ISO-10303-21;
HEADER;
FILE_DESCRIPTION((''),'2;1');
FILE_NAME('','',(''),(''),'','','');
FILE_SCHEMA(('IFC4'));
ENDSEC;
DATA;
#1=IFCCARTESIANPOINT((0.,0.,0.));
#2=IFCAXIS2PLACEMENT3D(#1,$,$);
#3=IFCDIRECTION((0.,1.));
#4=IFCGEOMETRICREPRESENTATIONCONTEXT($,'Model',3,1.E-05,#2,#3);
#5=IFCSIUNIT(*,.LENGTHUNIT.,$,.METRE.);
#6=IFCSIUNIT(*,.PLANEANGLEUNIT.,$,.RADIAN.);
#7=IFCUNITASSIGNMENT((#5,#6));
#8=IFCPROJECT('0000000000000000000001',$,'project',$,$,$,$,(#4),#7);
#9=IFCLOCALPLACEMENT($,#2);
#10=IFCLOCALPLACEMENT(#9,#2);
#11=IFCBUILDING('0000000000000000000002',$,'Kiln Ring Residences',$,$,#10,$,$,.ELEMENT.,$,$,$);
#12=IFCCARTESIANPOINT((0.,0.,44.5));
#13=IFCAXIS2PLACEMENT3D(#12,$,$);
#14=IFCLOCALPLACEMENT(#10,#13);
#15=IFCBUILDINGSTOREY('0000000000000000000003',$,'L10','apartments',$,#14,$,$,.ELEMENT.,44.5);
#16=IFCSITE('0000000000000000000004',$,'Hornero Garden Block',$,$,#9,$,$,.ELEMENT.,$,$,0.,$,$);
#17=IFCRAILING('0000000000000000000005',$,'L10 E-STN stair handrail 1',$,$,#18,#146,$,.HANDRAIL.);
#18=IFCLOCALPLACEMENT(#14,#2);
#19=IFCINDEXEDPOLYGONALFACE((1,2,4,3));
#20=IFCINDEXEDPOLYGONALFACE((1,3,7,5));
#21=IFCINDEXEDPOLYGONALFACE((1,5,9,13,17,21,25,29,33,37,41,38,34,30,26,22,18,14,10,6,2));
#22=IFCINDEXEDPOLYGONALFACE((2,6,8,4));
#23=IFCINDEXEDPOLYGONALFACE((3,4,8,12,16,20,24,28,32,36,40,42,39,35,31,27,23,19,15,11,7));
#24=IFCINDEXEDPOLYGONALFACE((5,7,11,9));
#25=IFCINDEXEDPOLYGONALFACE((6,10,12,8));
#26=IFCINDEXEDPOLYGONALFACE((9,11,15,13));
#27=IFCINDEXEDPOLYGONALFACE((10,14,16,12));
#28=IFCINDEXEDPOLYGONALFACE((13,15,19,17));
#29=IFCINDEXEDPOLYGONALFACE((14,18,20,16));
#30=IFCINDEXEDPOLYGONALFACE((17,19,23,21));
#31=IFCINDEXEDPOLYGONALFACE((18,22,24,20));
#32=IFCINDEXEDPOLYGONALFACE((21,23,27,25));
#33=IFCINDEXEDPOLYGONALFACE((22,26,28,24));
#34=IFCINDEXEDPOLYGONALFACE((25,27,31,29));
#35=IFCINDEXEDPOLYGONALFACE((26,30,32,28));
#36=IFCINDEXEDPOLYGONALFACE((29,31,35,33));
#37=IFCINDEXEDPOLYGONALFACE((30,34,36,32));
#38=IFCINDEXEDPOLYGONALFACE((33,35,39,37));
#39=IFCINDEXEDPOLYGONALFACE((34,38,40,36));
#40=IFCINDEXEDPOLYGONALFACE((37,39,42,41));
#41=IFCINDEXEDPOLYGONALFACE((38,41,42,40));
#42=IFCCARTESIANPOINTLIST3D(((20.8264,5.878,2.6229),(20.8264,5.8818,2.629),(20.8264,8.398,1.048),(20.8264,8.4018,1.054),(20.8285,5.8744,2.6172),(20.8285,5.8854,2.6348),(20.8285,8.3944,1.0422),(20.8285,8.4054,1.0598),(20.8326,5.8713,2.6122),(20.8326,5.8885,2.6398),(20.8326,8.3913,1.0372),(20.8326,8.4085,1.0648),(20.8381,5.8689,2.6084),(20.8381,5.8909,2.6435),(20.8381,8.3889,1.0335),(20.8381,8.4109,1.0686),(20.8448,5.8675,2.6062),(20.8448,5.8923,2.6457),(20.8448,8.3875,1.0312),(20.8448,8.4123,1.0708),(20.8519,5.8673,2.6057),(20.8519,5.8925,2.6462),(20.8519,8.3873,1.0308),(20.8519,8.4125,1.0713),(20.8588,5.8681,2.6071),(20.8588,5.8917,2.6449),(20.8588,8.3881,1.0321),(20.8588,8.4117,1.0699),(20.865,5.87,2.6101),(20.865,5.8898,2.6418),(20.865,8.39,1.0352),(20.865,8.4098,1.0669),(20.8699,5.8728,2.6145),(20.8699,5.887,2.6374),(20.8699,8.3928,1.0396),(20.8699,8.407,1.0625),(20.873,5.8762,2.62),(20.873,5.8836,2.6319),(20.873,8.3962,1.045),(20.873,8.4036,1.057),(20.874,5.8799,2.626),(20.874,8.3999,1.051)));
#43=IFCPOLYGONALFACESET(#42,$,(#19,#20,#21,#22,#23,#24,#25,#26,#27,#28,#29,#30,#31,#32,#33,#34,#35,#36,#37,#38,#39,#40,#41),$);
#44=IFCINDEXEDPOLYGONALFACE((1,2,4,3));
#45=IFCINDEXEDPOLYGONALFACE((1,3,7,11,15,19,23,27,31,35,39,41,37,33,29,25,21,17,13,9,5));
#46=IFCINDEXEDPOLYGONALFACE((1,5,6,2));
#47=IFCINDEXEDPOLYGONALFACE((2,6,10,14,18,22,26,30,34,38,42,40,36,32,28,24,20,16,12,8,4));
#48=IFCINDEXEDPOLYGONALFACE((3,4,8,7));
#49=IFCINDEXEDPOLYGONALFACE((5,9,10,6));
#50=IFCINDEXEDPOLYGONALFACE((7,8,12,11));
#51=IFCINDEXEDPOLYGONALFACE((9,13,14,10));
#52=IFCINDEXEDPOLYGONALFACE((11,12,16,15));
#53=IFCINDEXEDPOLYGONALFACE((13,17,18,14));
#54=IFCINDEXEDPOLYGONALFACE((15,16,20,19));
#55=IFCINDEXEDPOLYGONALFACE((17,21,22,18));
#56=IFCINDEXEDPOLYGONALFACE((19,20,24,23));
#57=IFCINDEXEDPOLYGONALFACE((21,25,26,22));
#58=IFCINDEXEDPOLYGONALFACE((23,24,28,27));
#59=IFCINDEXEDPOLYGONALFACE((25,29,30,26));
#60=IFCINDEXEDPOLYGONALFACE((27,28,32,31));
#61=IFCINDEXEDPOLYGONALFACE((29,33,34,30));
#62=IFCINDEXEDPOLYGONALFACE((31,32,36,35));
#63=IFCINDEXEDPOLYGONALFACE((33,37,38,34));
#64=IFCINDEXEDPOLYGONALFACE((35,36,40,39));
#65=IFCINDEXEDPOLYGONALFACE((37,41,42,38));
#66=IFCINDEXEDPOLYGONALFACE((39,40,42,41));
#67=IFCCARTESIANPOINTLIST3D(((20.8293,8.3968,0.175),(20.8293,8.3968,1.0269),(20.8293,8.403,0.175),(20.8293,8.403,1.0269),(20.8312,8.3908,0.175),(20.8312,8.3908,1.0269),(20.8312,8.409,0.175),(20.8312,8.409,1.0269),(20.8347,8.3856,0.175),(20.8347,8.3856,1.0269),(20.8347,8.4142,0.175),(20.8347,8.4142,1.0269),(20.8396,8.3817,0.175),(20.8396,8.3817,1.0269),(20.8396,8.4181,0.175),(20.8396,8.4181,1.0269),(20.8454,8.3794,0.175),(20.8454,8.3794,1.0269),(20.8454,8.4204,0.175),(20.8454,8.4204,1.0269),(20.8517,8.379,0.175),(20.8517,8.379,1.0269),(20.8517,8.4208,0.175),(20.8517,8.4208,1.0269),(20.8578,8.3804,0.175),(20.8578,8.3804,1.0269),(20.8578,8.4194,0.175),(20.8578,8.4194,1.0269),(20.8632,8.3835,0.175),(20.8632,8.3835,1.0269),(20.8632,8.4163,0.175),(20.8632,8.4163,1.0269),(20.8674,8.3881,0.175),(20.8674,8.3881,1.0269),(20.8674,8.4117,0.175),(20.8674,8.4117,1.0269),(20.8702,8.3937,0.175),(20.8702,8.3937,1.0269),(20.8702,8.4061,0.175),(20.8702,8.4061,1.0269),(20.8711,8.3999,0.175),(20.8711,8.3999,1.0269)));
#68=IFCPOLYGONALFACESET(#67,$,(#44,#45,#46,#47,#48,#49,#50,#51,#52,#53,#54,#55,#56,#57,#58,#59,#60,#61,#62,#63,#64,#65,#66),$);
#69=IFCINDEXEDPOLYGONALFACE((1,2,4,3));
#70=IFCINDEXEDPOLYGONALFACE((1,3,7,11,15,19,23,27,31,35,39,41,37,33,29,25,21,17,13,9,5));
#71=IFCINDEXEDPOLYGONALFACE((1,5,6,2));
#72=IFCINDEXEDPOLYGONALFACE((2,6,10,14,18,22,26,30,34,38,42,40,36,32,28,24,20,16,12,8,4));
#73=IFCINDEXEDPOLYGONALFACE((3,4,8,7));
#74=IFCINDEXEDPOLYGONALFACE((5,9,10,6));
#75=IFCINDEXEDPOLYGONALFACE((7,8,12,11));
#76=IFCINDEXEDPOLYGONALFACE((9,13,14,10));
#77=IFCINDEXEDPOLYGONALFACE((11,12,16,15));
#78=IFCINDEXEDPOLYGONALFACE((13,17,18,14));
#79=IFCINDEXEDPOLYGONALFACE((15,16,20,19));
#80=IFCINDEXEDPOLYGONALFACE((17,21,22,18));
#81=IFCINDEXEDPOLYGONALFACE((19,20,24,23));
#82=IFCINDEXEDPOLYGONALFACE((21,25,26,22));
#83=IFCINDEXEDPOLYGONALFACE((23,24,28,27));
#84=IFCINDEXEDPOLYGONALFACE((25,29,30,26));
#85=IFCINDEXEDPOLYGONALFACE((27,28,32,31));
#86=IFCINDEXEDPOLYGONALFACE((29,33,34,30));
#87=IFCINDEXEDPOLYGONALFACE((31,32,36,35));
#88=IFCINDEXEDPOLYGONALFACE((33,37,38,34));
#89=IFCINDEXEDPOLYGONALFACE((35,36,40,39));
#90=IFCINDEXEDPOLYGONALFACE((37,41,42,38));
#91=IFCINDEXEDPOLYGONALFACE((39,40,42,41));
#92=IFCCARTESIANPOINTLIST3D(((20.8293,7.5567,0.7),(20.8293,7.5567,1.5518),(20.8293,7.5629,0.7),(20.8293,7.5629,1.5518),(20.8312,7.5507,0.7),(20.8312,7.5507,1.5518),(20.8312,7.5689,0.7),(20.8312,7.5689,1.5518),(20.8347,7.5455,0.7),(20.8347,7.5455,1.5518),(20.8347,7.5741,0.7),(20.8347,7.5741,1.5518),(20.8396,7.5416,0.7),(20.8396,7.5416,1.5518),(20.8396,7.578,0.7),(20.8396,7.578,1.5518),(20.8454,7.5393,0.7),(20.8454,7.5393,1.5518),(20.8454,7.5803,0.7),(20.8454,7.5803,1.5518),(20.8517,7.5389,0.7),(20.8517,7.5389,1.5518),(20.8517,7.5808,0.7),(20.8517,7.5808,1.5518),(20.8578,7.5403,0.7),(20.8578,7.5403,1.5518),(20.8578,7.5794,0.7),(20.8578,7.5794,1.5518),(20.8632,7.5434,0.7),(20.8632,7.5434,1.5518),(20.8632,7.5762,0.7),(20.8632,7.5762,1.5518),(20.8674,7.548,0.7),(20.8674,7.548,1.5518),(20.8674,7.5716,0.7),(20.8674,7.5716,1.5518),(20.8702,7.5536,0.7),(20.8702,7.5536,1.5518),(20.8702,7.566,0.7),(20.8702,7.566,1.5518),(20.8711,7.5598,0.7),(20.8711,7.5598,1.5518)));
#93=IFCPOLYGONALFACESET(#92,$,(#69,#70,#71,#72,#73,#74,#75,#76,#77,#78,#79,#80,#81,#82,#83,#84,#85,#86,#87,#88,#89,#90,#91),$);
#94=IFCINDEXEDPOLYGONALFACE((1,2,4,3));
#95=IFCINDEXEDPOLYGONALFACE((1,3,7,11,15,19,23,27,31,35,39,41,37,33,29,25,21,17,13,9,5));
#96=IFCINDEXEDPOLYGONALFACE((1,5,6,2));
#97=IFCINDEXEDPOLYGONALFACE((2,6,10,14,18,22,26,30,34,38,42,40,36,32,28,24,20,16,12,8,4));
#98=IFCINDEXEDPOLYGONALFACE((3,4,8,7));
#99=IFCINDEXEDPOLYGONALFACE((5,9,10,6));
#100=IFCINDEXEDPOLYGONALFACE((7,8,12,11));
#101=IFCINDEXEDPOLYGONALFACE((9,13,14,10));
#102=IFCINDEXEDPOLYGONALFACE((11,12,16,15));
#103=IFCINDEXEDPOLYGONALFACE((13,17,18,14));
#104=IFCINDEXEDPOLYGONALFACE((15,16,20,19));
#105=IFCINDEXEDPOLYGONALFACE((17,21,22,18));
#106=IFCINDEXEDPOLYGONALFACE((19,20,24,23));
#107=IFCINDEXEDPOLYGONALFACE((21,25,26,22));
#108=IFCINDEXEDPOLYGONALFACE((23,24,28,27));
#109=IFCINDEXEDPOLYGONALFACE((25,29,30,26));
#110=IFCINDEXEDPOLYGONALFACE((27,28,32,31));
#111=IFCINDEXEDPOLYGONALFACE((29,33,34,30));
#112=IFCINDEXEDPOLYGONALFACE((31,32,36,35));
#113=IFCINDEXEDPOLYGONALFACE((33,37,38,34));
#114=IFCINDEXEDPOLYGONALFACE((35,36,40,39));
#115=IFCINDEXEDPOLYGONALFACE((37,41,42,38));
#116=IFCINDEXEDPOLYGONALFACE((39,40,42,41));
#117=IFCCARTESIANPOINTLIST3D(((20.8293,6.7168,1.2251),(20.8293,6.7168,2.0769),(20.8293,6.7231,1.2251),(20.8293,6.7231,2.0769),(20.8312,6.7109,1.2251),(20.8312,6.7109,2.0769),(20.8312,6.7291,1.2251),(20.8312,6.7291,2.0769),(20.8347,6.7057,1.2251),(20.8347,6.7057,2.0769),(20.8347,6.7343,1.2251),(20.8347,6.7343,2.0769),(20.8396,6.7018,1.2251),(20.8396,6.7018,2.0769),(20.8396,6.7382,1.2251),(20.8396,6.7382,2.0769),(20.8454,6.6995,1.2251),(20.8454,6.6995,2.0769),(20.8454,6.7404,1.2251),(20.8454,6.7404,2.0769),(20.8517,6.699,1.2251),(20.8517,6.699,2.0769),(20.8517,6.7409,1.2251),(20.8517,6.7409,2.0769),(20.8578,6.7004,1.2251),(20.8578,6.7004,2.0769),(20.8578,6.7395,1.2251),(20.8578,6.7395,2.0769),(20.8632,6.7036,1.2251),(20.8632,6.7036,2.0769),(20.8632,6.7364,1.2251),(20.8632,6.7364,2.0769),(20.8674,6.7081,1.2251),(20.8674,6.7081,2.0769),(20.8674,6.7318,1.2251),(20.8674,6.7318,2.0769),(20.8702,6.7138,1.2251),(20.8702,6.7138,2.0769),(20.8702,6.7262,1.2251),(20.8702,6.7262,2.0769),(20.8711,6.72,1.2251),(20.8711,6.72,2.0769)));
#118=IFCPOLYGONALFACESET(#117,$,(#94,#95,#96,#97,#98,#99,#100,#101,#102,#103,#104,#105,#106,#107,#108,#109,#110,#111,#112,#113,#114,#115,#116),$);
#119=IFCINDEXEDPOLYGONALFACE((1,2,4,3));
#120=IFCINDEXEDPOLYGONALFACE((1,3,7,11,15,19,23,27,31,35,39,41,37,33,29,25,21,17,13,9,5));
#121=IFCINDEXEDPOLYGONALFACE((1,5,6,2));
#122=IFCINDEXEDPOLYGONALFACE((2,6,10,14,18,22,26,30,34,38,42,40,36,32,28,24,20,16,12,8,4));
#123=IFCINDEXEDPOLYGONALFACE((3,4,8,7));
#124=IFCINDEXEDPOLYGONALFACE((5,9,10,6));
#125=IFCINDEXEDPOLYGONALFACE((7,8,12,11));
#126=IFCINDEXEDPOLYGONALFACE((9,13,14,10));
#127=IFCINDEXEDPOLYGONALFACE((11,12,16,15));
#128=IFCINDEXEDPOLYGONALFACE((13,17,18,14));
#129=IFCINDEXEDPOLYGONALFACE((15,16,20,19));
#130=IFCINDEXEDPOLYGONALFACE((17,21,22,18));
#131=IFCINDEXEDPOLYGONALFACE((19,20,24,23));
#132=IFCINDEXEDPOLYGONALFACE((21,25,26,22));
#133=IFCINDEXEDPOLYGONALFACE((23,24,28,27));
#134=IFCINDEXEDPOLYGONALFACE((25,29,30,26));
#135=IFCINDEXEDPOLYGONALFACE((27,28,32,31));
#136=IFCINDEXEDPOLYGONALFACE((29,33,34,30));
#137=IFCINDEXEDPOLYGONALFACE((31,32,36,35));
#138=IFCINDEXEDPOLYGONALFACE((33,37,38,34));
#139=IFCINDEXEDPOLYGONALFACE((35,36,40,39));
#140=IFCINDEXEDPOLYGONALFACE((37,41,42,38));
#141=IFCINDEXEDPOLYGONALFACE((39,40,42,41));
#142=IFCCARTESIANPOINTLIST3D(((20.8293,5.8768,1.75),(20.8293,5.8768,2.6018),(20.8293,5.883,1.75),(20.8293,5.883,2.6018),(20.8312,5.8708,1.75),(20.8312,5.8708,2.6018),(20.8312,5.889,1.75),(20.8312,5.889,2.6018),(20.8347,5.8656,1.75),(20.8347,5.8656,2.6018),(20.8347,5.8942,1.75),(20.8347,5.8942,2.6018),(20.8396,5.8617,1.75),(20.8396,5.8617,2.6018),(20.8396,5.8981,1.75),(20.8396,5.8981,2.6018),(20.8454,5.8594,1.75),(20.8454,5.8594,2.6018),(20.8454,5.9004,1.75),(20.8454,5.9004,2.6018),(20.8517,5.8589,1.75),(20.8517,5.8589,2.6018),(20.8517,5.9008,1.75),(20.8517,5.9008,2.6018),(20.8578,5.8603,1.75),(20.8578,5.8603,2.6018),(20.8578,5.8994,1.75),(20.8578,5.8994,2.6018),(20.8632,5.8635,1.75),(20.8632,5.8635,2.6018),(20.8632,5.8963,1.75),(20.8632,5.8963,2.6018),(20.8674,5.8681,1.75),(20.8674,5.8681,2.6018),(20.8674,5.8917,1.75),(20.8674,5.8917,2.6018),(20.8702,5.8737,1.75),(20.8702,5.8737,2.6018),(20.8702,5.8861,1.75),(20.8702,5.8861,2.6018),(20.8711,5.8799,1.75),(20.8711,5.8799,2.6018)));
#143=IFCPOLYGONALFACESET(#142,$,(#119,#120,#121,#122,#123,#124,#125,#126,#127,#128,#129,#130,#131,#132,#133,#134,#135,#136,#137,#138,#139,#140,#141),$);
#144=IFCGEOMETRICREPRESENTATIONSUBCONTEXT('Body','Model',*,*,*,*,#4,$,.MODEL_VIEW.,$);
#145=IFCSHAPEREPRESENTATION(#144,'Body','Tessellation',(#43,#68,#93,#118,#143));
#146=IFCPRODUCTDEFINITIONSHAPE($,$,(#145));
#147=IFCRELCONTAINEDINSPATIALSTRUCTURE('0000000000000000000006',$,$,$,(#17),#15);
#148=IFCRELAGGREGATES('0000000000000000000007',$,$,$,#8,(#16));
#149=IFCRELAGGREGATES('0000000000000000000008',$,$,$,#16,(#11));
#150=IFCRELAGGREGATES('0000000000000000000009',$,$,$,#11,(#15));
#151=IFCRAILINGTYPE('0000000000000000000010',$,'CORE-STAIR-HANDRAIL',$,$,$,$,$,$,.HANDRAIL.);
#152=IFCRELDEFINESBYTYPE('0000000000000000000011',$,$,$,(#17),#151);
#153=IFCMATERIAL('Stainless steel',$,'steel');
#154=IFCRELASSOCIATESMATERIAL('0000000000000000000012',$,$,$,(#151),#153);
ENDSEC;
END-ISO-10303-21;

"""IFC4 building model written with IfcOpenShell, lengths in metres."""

from ifc_helpers import new_model, si_unit, direction, frame, origin, origin_2d, place, context, subcontext, project, spatial, circle, extrude, material, type_object, element, save


model = new_model("IFC4")

# Units and contexts
model_context = context("Model", 3, precision=1e-05, world=origin(), true_north=direction((0.0, 1.0)))
body_context = subcontext(model_context, "Body", "Model", "MODEL_VIEW")
ifc_project = project(units=[si_unit("LENGTHUNIT", "METRE"), si_unit("PLANEANGLEUNIT", "RADIAN")], contexts=[model_context])

# Site, building, storey
site_placement = place(None, origin())
site = spatial("IfcSite", under=ifc_project, at=site_placement, Name="Hornero Garden Block", CompositionType="ELEMENT", RefElevation=0.0)
building_placement = place(site_placement, origin())
building = spatial("IfcBuilding", under=site, at=building_placement, Name="Kiln Ring Residences", CompositionType="ELEMENT")
storey_placement = place(building_placement, frame((0.0, 0.0, 44.5)))
storey = spatial("IfcBuildingStorey", under=building, at=storey_placement, Name="L10", Description="apartments", CompositionType="ELEMENT", Elevation=44.5)

# Railing
ifc_material_1 = material(Name="Stainless steel", Category="steel")
railing_type_1 = type_object("IfcRailingType", Name="CORE-STAIR-HANDRAIL", PredefinedType="HANDRAIL", material=ifc_material_1)
railing_1_placement = place(storey_placement, frame((20.8501, 8.3999, 0.175)))
element("IfcRailing", 1, at=railing_1_placement, inside=storey, type_object=railing_type_1, Name="L10 E-STN stair handrail 1", PredefinedType="HANDRAIL", context=body_context, shape_type="SweptSolid", body=[
    extrude(circle(Radius=0.0239, at=origin_2d()), frame((0.0, 0.0, 0.876), z_axis=(0.0, -0.848008, 0.529984), x_axis=(1.0, 0.0, 0.0)), (0.0, 0.0, 1.0), 2.9717),
    extrude(circle(Radius=0.021, at=origin_2d()), origin(), (0.0, 0.0, 1.0), 0.8518),
    extrude(circle(Radius=0.021, at=origin_2d()), frame((0.0, -0.8401, 0.5249)), (0.0, 0.0, 1.0), 0.8518),
    extrude(circle(Radius=0.021, at=origin_2d()), frame((0.0, -1.6799, 1.05)), (0.0, 0.0, 1.0), 0.8518),
    extrude(circle(Radius=0.021, at=origin_2d()), frame((0.0, -2.52, 1.575)), (0.0, 0.0, 1.0), 0.8518),
])

save(model, "model.ifc")
